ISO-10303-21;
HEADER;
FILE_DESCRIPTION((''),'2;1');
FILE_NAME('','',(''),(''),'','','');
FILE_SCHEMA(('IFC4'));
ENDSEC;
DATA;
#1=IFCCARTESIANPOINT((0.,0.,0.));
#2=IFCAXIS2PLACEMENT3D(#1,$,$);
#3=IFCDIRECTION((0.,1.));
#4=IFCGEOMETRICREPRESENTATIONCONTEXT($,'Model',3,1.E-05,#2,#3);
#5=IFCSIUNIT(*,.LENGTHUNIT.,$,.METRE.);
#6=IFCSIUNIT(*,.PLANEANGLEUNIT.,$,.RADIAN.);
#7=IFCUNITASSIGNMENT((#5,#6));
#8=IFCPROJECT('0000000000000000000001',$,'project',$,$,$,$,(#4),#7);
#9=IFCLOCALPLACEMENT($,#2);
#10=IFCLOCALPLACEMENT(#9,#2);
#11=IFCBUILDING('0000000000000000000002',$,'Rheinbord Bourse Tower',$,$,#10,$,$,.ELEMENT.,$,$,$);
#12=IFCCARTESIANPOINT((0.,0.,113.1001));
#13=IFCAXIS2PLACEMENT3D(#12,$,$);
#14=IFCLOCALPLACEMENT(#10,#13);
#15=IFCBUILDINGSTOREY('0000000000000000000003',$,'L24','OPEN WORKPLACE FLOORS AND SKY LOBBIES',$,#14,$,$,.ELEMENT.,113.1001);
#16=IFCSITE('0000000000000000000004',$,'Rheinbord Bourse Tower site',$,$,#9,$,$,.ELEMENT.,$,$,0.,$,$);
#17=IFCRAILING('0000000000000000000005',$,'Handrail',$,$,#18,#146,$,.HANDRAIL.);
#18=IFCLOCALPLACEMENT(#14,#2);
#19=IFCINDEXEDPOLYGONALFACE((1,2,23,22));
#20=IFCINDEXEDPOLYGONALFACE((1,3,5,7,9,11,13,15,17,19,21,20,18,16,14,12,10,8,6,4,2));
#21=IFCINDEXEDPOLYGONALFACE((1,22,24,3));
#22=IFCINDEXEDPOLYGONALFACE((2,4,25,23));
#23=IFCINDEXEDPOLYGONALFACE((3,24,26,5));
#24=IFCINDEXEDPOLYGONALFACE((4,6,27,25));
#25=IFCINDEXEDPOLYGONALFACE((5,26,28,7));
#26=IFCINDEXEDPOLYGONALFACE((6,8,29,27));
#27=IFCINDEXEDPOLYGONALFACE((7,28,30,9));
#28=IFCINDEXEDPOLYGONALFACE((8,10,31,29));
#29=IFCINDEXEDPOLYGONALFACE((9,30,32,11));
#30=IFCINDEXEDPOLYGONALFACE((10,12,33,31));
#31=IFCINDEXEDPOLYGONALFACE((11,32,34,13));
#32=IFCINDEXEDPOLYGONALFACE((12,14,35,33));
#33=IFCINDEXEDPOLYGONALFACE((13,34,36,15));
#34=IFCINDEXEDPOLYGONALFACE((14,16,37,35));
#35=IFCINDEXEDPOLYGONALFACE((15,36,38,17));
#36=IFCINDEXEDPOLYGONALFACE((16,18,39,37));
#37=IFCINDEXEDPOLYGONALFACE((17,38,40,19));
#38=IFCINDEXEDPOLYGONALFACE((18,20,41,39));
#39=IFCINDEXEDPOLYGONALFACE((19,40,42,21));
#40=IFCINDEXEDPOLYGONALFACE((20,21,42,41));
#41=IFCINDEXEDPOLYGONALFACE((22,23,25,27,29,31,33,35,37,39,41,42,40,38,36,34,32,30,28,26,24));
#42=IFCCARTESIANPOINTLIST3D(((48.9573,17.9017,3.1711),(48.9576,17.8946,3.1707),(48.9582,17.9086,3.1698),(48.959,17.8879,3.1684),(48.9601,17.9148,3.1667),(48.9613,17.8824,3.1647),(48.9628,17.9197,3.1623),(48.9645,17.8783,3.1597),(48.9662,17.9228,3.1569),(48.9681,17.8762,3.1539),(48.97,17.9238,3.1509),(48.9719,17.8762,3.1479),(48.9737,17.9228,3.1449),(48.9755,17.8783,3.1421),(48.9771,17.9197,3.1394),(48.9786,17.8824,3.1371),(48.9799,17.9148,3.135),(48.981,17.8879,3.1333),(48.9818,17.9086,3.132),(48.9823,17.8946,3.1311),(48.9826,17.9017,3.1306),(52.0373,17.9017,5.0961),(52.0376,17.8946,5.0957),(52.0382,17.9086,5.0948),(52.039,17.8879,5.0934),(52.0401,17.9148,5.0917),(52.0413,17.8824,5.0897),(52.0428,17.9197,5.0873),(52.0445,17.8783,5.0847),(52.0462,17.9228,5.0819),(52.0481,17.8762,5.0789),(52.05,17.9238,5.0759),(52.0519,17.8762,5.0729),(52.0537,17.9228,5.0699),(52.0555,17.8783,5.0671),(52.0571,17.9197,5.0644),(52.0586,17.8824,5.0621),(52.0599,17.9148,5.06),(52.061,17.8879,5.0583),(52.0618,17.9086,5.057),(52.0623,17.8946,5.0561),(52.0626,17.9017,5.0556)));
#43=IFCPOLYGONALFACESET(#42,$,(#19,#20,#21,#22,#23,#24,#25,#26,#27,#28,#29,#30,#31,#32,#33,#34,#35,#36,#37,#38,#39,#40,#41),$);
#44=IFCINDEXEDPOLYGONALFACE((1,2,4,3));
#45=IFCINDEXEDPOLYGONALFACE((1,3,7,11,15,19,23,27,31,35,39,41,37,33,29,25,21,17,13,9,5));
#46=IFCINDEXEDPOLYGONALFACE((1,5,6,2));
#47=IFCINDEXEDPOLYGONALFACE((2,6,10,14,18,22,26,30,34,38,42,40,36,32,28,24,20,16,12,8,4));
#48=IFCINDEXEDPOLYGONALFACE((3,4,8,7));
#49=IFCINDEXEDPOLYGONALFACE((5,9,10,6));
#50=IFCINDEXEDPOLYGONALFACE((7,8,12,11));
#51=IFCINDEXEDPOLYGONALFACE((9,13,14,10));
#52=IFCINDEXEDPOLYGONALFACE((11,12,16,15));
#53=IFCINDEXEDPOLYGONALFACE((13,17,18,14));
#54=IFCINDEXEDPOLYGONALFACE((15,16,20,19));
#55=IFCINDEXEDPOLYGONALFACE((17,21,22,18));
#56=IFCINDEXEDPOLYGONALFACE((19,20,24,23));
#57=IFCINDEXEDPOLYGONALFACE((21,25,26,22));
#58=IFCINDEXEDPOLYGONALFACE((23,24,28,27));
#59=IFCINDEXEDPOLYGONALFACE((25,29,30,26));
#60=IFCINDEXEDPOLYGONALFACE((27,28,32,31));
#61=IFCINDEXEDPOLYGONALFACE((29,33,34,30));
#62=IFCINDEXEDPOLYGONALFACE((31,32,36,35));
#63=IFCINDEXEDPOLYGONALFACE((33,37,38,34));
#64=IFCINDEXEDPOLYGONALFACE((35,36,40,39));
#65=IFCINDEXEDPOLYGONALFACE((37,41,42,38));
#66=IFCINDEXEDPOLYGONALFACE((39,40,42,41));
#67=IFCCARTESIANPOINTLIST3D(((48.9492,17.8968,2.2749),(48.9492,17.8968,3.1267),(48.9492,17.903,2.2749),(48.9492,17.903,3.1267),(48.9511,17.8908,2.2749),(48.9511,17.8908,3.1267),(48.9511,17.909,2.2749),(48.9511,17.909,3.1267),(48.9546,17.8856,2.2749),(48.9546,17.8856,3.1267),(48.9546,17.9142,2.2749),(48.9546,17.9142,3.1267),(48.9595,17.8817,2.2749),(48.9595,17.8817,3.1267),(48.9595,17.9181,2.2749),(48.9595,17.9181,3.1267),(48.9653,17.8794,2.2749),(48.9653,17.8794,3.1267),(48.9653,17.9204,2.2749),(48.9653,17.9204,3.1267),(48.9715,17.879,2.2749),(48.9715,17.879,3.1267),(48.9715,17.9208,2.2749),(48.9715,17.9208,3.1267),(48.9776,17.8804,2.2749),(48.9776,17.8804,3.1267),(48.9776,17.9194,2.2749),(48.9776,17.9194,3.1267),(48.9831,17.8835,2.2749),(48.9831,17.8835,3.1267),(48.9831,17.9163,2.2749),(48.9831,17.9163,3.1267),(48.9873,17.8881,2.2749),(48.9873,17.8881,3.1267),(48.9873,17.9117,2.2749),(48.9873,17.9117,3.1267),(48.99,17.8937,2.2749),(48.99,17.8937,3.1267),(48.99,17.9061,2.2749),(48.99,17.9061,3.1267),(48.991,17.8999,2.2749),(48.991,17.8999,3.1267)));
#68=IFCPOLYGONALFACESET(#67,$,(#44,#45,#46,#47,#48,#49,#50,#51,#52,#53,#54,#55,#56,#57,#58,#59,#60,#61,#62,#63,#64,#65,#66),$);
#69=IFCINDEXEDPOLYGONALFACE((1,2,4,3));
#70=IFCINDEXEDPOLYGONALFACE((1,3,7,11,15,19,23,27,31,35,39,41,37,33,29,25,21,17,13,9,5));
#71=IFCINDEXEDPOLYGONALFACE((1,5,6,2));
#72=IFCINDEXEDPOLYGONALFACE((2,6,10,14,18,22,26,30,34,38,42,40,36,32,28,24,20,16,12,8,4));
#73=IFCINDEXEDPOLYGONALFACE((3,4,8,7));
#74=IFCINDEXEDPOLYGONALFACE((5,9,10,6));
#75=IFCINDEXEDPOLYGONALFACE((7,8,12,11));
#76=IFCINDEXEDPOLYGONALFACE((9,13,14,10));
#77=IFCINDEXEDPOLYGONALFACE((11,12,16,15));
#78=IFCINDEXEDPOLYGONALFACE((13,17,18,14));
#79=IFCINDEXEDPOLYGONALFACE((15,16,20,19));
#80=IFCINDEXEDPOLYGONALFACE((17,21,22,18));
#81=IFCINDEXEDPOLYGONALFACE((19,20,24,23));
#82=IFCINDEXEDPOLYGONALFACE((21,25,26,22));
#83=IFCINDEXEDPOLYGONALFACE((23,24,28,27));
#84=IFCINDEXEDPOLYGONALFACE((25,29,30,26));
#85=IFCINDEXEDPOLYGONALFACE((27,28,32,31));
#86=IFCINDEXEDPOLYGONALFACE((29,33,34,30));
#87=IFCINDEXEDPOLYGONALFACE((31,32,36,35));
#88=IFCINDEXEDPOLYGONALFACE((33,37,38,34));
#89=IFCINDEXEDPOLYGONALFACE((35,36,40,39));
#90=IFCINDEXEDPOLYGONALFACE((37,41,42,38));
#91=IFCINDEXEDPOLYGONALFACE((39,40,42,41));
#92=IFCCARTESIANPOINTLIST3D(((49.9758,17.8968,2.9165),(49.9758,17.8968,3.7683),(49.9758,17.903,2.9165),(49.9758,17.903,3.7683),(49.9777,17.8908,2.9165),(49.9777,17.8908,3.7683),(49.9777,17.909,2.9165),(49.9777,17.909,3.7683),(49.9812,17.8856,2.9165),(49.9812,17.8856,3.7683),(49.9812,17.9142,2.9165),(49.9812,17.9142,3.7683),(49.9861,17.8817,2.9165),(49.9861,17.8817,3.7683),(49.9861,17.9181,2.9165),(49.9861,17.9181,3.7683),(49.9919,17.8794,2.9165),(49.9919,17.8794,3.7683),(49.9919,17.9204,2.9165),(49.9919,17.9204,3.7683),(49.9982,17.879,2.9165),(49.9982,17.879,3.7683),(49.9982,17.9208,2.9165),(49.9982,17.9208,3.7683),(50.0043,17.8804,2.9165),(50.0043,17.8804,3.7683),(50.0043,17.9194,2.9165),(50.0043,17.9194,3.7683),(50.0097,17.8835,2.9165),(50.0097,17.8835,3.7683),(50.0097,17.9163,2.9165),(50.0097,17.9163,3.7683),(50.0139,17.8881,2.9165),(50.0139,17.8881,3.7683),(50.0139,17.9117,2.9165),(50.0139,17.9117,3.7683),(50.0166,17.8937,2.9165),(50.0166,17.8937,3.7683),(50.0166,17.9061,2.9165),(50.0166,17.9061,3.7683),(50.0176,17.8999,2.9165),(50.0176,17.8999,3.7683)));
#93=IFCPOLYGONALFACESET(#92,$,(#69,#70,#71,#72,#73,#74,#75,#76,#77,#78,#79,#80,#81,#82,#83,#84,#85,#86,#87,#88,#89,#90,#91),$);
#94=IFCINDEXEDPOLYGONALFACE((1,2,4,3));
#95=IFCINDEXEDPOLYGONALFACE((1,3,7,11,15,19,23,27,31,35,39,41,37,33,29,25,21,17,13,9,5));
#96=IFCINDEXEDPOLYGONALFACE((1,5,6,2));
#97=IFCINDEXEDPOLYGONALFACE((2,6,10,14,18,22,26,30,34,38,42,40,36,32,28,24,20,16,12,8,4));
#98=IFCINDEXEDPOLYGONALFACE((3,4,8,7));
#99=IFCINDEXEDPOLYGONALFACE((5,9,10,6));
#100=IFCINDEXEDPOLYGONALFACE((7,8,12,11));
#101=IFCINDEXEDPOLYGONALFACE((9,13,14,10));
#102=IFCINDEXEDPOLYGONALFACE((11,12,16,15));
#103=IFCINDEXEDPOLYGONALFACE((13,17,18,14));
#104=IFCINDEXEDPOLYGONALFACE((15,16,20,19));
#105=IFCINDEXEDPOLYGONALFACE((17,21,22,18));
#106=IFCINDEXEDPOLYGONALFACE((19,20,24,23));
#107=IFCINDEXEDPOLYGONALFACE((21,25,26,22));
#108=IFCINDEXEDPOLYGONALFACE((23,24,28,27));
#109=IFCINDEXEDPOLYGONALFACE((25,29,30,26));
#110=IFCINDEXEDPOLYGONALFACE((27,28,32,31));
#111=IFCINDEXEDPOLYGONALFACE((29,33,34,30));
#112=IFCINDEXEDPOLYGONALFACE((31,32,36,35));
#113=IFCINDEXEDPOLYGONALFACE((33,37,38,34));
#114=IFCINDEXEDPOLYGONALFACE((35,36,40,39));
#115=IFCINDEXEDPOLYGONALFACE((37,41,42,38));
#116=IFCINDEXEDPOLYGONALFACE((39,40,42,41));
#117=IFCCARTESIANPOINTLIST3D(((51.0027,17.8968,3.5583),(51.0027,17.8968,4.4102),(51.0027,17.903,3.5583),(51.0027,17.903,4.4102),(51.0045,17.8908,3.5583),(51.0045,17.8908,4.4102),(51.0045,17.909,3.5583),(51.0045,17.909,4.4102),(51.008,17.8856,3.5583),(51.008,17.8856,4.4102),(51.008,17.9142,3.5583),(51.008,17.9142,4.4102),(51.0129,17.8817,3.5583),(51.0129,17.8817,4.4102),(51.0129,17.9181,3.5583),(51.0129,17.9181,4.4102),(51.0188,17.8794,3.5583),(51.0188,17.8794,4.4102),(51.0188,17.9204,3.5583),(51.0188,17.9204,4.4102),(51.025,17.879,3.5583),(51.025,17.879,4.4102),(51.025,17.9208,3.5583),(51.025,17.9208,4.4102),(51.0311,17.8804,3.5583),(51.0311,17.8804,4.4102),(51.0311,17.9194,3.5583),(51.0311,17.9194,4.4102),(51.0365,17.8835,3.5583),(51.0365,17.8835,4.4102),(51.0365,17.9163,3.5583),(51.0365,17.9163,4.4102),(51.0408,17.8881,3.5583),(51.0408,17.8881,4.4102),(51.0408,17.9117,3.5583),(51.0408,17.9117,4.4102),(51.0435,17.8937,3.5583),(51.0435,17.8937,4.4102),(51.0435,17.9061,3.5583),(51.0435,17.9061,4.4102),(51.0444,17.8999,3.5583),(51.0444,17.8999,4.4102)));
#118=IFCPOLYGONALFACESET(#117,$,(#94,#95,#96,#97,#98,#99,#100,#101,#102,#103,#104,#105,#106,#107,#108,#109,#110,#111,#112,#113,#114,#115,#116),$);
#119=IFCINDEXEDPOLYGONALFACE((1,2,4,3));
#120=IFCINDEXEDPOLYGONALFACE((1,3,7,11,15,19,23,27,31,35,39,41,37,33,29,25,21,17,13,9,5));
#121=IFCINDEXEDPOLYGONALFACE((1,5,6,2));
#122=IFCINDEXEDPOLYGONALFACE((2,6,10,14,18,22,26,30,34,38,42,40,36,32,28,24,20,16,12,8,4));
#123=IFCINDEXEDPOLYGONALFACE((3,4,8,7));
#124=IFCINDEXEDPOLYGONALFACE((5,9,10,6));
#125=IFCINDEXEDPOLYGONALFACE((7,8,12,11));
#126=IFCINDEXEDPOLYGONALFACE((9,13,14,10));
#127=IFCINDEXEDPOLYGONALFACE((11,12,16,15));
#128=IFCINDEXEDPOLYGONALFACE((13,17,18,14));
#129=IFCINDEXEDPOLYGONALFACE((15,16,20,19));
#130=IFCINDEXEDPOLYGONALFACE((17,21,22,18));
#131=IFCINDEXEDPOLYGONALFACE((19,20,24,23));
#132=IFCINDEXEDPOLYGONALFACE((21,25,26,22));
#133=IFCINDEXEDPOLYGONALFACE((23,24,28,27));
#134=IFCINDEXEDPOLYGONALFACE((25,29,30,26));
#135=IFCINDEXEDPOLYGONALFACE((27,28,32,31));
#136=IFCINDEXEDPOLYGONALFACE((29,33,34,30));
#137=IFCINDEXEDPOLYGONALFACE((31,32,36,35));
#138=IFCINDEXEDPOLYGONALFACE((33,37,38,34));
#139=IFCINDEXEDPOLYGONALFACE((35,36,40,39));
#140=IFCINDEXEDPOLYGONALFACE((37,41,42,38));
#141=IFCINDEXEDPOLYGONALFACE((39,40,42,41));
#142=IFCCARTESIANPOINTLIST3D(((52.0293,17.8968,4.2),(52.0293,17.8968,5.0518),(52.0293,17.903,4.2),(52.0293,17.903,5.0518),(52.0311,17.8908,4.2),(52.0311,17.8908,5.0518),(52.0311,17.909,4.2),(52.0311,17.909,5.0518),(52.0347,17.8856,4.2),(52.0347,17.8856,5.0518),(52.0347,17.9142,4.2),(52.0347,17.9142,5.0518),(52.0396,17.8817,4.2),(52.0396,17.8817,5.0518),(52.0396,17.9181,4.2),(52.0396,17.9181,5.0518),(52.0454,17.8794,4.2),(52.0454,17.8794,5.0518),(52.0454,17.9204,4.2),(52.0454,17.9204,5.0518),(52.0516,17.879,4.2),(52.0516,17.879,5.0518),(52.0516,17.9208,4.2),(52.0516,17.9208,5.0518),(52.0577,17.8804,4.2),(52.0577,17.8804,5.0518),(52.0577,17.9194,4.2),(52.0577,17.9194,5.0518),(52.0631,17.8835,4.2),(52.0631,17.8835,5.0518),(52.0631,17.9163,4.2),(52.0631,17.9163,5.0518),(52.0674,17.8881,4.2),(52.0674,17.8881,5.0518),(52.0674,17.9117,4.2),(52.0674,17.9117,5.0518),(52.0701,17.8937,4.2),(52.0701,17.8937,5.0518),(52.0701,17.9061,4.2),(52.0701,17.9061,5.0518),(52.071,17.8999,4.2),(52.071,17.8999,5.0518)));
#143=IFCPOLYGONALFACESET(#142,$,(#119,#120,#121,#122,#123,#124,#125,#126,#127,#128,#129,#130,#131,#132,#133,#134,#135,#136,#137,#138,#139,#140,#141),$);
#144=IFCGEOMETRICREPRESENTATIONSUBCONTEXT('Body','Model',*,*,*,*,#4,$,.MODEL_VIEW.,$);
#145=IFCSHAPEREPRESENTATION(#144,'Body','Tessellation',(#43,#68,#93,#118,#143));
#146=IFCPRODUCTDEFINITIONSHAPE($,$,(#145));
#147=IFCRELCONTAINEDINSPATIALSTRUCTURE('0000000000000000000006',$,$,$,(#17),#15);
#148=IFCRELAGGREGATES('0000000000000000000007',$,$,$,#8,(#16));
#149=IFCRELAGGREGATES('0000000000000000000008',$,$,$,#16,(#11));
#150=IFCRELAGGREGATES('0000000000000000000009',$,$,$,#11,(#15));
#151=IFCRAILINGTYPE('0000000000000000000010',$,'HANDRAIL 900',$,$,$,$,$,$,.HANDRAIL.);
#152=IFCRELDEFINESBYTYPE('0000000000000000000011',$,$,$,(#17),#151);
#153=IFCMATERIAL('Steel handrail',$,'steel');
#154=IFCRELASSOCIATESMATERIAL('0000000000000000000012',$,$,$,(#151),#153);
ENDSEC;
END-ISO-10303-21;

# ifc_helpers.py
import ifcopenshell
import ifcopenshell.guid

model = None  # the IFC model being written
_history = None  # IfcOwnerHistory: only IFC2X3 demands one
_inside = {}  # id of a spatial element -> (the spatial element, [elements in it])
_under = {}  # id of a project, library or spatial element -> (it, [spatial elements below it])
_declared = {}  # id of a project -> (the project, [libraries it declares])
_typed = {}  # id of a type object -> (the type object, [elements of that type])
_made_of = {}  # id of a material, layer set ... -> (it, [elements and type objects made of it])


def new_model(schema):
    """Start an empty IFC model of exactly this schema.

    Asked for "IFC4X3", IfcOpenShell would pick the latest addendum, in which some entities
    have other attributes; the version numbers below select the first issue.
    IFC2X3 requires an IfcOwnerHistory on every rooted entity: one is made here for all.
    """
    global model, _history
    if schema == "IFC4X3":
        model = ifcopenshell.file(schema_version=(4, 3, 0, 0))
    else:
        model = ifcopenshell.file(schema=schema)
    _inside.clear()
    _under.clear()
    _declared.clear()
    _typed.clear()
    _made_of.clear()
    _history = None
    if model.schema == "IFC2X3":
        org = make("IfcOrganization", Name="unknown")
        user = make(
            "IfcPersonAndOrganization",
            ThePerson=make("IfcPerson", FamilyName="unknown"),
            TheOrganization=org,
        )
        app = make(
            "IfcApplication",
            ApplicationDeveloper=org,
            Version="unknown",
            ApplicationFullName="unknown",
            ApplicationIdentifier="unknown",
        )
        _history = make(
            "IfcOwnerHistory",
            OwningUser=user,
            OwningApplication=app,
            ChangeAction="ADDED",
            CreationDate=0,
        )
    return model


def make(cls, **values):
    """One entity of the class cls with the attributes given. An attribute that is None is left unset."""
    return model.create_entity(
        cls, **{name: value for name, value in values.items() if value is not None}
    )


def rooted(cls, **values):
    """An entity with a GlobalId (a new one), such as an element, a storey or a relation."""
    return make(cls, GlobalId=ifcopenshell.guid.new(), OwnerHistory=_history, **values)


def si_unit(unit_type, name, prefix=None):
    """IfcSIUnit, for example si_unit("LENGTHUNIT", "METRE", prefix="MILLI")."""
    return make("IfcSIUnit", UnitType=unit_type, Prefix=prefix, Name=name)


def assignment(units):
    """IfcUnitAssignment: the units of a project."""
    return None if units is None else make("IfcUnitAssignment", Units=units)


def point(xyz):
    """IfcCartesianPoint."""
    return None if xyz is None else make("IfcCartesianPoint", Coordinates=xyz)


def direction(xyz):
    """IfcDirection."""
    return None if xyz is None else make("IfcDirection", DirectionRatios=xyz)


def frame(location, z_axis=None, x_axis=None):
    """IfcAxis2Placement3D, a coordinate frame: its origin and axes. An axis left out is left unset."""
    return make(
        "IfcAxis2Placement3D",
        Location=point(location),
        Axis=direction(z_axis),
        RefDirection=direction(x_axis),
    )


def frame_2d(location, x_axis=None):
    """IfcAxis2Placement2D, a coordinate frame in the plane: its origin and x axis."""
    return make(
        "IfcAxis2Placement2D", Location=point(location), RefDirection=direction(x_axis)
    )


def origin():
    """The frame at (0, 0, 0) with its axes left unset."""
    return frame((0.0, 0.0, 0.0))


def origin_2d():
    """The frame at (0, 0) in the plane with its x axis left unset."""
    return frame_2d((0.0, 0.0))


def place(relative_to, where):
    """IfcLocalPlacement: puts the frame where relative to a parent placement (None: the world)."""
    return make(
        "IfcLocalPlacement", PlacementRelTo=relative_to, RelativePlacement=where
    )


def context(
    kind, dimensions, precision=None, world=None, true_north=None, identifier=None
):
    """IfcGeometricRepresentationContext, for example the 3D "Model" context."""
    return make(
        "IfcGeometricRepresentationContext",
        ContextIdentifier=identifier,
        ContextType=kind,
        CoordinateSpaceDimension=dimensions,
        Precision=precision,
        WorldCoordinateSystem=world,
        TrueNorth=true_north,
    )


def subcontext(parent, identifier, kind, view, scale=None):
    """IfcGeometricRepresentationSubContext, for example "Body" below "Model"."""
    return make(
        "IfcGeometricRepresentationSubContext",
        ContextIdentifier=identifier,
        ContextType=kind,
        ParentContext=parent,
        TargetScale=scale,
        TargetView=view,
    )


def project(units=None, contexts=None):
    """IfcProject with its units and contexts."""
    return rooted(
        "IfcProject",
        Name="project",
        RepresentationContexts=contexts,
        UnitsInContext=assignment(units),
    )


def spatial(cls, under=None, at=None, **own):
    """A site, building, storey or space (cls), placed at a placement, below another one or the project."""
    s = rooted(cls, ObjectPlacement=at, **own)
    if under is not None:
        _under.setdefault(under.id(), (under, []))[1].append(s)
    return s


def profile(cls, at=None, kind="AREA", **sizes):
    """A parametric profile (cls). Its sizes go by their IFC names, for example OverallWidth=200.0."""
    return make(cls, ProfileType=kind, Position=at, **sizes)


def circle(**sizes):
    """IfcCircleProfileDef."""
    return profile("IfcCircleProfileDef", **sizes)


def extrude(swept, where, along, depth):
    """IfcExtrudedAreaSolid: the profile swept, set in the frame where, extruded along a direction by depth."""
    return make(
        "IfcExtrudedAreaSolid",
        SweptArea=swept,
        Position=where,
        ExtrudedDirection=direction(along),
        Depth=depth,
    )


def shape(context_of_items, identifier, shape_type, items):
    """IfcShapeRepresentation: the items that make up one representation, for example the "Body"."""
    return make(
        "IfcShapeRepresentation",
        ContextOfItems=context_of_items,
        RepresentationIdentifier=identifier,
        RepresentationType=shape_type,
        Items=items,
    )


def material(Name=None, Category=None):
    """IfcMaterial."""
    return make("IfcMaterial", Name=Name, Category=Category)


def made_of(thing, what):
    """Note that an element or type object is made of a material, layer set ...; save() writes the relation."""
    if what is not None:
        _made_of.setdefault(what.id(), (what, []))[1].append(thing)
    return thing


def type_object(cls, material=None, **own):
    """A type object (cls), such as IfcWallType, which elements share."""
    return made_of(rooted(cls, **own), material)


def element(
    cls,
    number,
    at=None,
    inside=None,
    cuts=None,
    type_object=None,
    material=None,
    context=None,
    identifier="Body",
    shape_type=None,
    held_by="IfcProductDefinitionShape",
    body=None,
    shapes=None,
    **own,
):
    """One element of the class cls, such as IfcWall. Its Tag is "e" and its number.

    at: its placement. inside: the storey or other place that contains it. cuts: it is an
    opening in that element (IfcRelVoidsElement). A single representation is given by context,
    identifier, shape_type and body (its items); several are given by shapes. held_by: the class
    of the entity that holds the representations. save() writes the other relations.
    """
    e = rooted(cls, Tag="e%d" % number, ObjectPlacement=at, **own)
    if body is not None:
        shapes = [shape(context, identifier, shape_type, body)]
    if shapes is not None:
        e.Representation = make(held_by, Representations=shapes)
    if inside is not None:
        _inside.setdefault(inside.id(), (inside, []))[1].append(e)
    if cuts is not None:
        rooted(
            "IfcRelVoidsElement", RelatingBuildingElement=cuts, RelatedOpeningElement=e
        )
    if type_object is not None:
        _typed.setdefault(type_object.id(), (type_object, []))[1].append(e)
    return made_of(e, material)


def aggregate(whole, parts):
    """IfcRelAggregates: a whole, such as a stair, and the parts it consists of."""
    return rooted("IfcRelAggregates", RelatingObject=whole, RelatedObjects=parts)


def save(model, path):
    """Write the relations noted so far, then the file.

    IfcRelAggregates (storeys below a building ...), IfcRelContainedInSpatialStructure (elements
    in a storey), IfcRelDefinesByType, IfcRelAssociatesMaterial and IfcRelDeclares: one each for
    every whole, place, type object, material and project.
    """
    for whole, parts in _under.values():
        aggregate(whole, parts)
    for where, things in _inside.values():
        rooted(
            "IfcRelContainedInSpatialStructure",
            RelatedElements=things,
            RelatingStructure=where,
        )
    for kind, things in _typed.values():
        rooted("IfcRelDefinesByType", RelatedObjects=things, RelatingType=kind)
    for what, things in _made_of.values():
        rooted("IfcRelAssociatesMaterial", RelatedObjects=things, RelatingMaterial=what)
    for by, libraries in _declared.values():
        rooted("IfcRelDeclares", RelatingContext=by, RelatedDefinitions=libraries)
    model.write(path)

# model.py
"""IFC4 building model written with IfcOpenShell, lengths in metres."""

from ifc_helpers import new_model, si_unit, direction, frame, origin, origin_2d, place, context, subcontext, project, spatial, circle, extrude, material, type_object, element, save


model = new_model("IFC4")

# Units and contexts
model_context = context("Model", 3, precision=1e-05, world=origin(), true_north=direction((0.0, 1.0)))
body_context = subcontext(model_context, "Body", "Model", "MODEL_VIEW")
ifc_project = project(units=[si_unit("LENGTHUNIT", "METRE"), si_unit("PLANEANGLEUNIT", "RADIAN")], contexts=[model_context])

# Site, building, storey
site_placement = place(None, origin())
site = spatial("IfcSite", under=ifc_project, at=site_placement, Name="Rheinbord Bourse Tower site", CompositionType="ELEMENT", RefElevation=0.0)
building_placement = place(site_placement, origin())
building = spatial("IfcBuilding", under=site, at=building_placement, Name="Rheinbord Bourse Tower", CompositionType="ELEMENT")
storey_placement = place(building_placement, frame((0.0, 0.0, 113.1001)))
storey = spatial("IfcBuildingStorey", under=building, at=storey_placement, Name="L24", Description="OPEN WORKPLACE FLOORS AND SKY LOBBIES", CompositionType="ELEMENT", Elevation=113.1001)

# Railing
ifc_material_1 = material(Name="Steel handrail", Category="steel")
railing_type = type_object("IfcRailingType", Name="HANDRAIL 900", PredefinedType="HANDRAIL", material=ifc_material_1)
railing_1_placement = place(storey_placement, frame((48.97, 17.8999, 2.2749)))
element("IfcRailing", 1, at=railing_1_placement, inside=storey, type_object=railing_type, Name="Handrail", PredefinedType="HANDRAIL", context=body_context, shape_type="SweptSolid", body=[
    extrude(circle(Radius=0.0239, at=origin_2d()), frame((0.0, 0.0, 0.876), z_axis=(0.847998, 0.0, 0.529999), x_axis=(0.0, 1.0, 0.0)), (0.0, 0.0, 1.0), 3.6321),
    extrude(circle(Radius=0.021, at=origin_2d()), origin(), (0.0, 0.0, 1.0), 0.8518),
    extrude(circle(Radius=0.021, at=origin_2d()), frame((1.0266, 0.0, 0.6416)), (0.0, 0.0, 1.0), 0.8518),
    extrude(circle(Radius=0.021, at=origin_2d()), frame((2.0535, 0.0, 1.2834)), (0.0, 0.0, 1.0), 0.8518),
    extrude(circle(Radius=0.021, at=origin_2d()), frame((3.0801, 0.0, 1.925)), (0.0, 0.0, 1.0), 0.8518),
])

save(model, "model.ifc")
